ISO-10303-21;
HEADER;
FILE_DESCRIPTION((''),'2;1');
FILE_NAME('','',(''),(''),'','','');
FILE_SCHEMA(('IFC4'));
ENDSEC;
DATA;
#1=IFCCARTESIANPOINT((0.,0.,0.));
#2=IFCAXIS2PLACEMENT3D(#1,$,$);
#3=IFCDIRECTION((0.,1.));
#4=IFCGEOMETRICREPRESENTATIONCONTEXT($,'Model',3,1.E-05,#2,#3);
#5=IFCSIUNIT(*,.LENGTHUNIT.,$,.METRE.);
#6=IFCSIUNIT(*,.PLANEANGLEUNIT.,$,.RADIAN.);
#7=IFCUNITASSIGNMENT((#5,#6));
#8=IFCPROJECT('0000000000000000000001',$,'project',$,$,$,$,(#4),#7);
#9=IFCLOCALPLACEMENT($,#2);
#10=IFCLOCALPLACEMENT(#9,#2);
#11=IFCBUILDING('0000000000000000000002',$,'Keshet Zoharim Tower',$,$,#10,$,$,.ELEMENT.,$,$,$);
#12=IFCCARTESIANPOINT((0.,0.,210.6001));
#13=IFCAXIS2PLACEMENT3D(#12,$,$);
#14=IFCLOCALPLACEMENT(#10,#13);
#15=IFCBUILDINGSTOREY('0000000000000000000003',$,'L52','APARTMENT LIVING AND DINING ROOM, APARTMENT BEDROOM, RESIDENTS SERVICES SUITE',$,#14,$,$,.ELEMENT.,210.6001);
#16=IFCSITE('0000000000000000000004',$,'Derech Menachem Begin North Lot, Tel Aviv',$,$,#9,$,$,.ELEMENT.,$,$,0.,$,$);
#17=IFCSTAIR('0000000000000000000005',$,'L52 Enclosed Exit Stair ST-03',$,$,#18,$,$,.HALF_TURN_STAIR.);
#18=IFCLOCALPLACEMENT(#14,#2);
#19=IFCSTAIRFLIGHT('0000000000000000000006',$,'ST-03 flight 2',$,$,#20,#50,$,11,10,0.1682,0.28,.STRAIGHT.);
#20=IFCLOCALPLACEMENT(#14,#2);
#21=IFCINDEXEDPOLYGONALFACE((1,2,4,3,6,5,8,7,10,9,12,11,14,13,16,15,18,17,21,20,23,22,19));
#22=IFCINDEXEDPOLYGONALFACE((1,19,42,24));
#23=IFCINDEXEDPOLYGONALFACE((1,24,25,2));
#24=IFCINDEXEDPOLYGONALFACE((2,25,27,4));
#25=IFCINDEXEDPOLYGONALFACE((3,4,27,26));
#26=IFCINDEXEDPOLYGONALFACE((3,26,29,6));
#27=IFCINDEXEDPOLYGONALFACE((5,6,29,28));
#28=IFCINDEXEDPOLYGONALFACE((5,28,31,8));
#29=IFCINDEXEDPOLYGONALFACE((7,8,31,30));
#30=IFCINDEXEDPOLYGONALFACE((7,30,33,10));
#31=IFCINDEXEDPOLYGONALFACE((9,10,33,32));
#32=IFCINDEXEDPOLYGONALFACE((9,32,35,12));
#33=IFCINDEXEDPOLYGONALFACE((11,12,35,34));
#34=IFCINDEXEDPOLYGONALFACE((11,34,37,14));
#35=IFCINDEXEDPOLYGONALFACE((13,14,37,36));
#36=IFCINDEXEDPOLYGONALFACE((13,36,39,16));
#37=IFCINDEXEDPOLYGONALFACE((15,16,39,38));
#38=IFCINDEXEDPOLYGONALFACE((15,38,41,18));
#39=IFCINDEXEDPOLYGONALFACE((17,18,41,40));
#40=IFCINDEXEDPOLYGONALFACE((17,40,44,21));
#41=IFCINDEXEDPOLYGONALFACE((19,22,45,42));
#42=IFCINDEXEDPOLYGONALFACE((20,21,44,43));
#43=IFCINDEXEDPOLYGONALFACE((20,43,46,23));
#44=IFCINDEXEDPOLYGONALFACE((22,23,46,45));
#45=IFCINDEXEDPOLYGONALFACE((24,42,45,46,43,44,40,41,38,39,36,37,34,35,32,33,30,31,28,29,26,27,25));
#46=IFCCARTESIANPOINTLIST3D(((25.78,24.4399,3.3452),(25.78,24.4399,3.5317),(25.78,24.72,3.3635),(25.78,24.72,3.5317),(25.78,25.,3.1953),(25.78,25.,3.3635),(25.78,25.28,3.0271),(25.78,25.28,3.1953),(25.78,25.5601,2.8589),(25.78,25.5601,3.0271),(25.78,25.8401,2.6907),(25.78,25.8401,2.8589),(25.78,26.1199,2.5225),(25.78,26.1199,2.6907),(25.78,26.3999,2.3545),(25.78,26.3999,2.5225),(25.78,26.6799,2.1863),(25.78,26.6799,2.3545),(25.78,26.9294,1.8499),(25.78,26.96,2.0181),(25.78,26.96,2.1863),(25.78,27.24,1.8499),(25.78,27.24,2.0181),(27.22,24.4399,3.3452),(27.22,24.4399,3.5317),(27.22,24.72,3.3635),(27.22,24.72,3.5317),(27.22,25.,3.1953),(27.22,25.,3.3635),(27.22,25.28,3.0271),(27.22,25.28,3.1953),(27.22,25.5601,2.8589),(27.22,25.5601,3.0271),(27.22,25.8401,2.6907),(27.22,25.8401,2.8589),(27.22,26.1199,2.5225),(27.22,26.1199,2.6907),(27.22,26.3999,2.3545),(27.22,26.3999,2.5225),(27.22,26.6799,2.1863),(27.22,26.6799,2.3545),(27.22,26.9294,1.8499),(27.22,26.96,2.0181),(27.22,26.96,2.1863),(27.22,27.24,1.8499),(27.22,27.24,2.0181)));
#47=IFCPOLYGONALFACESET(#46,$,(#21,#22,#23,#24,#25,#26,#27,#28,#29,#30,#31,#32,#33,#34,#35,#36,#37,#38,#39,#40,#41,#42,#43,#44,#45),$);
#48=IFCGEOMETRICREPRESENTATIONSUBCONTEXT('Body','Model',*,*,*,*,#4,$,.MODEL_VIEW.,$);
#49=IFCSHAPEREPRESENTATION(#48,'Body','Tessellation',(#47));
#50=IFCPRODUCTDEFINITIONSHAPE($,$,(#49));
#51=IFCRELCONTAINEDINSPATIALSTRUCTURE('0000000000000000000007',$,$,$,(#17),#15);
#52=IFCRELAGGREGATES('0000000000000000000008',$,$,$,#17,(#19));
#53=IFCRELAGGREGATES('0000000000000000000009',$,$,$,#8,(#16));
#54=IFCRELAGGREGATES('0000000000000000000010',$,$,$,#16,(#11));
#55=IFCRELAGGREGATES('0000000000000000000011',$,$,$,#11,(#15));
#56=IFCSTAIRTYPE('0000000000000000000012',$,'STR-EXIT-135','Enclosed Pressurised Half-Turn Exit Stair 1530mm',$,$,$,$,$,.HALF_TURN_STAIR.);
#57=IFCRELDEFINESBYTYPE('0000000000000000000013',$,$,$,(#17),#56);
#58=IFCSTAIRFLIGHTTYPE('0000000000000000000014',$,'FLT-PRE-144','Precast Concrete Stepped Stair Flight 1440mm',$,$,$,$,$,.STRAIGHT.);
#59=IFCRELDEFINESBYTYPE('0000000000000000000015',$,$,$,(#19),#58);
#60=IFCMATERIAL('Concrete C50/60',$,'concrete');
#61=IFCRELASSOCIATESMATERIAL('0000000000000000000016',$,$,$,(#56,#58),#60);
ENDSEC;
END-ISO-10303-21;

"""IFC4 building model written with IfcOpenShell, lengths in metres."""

from ifc_helpers import new_model, si_unit, direction, frame, origin, place, context, subcontext, project, spatial, polyline, outline, extrude, material, type_object, element, aggregate, save


model = new_model("IFC4")

# Units and contexts
model_context = context("Model", 3, precision=1e-05, world=origin(), true_north=direction((0.0, 1.0)))
body_context = subcontext(model_context, "Body", "Model", "MODEL_VIEW")
ifc_project = project(units=[si_unit("LENGTHUNIT", "METRE"), si_unit("PLANEANGLEUNIT", "RADIAN")], contexts=[model_context])

# Site, building, storey
site_placement = place(None, origin())
site = spatial("IfcSite", under=ifc_project, at=site_placement, Name="Derech Menachem Begin North Lot, Tel Aviv", CompositionType="ELEMENT", RefElevation=0.0)
building_placement = place(site_placement, origin())
building = spatial("IfcBuilding", under=site, at=building_placement, Name="Keshet Zoharim Tower", CompositionType="ELEMENT")
storey_placement = place(building_placement, frame((0.0, 0.0, 210.6001)))
storey = spatial("IfcBuildingStorey", under=building, at=storey_placement, Name="L52", Description="APARTMENT LIVING AND DINING ROOM, APARTMENT BEDROOM, RESIDENTS SERVICES SUITE", CompositionType="ELEMENT", Elevation=210.6001)

# Shared definitions
ifc_material_1 = material(Name="Concrete C50/60", Category="concrete")

# Stair, stair flight
stair_type = type_object("IfcStairType", Name="STR-EXIT-135", Description="Enclosed Pressurised Half-Turn Exit Stair 1530mm", PredefinedType="HALF_TURN_STAIR", material=ifc_material_1)
stair_1_placement = place(storey_placement, origin())
stair_1 = element("IfcStair", 1, at=stair_1_placement, inside=storey, type_object=stair_type, Name="L52 Enclosed Exit Stair ST-03", PredefinedType="HALF_TURN_STAIR")
stair_flight_type_1 = type_object("IfcStairFlightType", Name="FLT-PRE-144", Description="Precast Concrete Stepped Stair Flight 1440mm", PredefinedType="STRAIGHT", material=ifc_material_1)
stair_flight_1_placement = place(storey_placement, frame((26.5, 27.24, 1.8499), z_axis=(0.0, 0.0, 1.0), x_axis=(0.0, -1.0, 0.0)))
stair_flight_1 = element("IfcStairFlight", 2, at=stair_flight_1_placement, type_object=stair_flight_type_1, Name="ST-03 flight 2", NumberOfRisers=11, NumberOfTreads=10, PredefinedType="STRAIGHT", RiserHeight=0.1682, TreadLength=0.28, context=body_context, shape_type="SweptSolid", body=[
    extrude(outline(polyline([(0.0, 0.0), (0.0, 0.1682), (0.28, 0.1682), (0.28, 0.3364), (0.5601, 0.3364), (0.5601, 0.5046), (0.8401, 0.5046), (0.8401, 0.6726), (1.1201, 0.6726), (1.1201, 0.8408), (1.3999, 0.8408), (1.3999, 1.009), (1.6799, 1.009), (1.6799, 1.1772), (1.96, 1.1772), (1.96, 1.3455), (2.24, 1.3455), (2.24, 1.5137), (2.52, 1.5137), (2.52, 1.6819), (2.8, 1.6819), (2.8, 1.8501), (2.8, 1.4954), (0.3105, 0.0), (0.0, 0.0)])), frame((0.0, 0.72, 0.0), z_axis=(0.0, -1.0, 0.0), x_axis=(1.0, 0.0, 0.0)), (0.0, 0.0, 1.0), 1.4399),
])
aggregate(stair_1, [stair_flight_1])

save(model, "model.ifc")
